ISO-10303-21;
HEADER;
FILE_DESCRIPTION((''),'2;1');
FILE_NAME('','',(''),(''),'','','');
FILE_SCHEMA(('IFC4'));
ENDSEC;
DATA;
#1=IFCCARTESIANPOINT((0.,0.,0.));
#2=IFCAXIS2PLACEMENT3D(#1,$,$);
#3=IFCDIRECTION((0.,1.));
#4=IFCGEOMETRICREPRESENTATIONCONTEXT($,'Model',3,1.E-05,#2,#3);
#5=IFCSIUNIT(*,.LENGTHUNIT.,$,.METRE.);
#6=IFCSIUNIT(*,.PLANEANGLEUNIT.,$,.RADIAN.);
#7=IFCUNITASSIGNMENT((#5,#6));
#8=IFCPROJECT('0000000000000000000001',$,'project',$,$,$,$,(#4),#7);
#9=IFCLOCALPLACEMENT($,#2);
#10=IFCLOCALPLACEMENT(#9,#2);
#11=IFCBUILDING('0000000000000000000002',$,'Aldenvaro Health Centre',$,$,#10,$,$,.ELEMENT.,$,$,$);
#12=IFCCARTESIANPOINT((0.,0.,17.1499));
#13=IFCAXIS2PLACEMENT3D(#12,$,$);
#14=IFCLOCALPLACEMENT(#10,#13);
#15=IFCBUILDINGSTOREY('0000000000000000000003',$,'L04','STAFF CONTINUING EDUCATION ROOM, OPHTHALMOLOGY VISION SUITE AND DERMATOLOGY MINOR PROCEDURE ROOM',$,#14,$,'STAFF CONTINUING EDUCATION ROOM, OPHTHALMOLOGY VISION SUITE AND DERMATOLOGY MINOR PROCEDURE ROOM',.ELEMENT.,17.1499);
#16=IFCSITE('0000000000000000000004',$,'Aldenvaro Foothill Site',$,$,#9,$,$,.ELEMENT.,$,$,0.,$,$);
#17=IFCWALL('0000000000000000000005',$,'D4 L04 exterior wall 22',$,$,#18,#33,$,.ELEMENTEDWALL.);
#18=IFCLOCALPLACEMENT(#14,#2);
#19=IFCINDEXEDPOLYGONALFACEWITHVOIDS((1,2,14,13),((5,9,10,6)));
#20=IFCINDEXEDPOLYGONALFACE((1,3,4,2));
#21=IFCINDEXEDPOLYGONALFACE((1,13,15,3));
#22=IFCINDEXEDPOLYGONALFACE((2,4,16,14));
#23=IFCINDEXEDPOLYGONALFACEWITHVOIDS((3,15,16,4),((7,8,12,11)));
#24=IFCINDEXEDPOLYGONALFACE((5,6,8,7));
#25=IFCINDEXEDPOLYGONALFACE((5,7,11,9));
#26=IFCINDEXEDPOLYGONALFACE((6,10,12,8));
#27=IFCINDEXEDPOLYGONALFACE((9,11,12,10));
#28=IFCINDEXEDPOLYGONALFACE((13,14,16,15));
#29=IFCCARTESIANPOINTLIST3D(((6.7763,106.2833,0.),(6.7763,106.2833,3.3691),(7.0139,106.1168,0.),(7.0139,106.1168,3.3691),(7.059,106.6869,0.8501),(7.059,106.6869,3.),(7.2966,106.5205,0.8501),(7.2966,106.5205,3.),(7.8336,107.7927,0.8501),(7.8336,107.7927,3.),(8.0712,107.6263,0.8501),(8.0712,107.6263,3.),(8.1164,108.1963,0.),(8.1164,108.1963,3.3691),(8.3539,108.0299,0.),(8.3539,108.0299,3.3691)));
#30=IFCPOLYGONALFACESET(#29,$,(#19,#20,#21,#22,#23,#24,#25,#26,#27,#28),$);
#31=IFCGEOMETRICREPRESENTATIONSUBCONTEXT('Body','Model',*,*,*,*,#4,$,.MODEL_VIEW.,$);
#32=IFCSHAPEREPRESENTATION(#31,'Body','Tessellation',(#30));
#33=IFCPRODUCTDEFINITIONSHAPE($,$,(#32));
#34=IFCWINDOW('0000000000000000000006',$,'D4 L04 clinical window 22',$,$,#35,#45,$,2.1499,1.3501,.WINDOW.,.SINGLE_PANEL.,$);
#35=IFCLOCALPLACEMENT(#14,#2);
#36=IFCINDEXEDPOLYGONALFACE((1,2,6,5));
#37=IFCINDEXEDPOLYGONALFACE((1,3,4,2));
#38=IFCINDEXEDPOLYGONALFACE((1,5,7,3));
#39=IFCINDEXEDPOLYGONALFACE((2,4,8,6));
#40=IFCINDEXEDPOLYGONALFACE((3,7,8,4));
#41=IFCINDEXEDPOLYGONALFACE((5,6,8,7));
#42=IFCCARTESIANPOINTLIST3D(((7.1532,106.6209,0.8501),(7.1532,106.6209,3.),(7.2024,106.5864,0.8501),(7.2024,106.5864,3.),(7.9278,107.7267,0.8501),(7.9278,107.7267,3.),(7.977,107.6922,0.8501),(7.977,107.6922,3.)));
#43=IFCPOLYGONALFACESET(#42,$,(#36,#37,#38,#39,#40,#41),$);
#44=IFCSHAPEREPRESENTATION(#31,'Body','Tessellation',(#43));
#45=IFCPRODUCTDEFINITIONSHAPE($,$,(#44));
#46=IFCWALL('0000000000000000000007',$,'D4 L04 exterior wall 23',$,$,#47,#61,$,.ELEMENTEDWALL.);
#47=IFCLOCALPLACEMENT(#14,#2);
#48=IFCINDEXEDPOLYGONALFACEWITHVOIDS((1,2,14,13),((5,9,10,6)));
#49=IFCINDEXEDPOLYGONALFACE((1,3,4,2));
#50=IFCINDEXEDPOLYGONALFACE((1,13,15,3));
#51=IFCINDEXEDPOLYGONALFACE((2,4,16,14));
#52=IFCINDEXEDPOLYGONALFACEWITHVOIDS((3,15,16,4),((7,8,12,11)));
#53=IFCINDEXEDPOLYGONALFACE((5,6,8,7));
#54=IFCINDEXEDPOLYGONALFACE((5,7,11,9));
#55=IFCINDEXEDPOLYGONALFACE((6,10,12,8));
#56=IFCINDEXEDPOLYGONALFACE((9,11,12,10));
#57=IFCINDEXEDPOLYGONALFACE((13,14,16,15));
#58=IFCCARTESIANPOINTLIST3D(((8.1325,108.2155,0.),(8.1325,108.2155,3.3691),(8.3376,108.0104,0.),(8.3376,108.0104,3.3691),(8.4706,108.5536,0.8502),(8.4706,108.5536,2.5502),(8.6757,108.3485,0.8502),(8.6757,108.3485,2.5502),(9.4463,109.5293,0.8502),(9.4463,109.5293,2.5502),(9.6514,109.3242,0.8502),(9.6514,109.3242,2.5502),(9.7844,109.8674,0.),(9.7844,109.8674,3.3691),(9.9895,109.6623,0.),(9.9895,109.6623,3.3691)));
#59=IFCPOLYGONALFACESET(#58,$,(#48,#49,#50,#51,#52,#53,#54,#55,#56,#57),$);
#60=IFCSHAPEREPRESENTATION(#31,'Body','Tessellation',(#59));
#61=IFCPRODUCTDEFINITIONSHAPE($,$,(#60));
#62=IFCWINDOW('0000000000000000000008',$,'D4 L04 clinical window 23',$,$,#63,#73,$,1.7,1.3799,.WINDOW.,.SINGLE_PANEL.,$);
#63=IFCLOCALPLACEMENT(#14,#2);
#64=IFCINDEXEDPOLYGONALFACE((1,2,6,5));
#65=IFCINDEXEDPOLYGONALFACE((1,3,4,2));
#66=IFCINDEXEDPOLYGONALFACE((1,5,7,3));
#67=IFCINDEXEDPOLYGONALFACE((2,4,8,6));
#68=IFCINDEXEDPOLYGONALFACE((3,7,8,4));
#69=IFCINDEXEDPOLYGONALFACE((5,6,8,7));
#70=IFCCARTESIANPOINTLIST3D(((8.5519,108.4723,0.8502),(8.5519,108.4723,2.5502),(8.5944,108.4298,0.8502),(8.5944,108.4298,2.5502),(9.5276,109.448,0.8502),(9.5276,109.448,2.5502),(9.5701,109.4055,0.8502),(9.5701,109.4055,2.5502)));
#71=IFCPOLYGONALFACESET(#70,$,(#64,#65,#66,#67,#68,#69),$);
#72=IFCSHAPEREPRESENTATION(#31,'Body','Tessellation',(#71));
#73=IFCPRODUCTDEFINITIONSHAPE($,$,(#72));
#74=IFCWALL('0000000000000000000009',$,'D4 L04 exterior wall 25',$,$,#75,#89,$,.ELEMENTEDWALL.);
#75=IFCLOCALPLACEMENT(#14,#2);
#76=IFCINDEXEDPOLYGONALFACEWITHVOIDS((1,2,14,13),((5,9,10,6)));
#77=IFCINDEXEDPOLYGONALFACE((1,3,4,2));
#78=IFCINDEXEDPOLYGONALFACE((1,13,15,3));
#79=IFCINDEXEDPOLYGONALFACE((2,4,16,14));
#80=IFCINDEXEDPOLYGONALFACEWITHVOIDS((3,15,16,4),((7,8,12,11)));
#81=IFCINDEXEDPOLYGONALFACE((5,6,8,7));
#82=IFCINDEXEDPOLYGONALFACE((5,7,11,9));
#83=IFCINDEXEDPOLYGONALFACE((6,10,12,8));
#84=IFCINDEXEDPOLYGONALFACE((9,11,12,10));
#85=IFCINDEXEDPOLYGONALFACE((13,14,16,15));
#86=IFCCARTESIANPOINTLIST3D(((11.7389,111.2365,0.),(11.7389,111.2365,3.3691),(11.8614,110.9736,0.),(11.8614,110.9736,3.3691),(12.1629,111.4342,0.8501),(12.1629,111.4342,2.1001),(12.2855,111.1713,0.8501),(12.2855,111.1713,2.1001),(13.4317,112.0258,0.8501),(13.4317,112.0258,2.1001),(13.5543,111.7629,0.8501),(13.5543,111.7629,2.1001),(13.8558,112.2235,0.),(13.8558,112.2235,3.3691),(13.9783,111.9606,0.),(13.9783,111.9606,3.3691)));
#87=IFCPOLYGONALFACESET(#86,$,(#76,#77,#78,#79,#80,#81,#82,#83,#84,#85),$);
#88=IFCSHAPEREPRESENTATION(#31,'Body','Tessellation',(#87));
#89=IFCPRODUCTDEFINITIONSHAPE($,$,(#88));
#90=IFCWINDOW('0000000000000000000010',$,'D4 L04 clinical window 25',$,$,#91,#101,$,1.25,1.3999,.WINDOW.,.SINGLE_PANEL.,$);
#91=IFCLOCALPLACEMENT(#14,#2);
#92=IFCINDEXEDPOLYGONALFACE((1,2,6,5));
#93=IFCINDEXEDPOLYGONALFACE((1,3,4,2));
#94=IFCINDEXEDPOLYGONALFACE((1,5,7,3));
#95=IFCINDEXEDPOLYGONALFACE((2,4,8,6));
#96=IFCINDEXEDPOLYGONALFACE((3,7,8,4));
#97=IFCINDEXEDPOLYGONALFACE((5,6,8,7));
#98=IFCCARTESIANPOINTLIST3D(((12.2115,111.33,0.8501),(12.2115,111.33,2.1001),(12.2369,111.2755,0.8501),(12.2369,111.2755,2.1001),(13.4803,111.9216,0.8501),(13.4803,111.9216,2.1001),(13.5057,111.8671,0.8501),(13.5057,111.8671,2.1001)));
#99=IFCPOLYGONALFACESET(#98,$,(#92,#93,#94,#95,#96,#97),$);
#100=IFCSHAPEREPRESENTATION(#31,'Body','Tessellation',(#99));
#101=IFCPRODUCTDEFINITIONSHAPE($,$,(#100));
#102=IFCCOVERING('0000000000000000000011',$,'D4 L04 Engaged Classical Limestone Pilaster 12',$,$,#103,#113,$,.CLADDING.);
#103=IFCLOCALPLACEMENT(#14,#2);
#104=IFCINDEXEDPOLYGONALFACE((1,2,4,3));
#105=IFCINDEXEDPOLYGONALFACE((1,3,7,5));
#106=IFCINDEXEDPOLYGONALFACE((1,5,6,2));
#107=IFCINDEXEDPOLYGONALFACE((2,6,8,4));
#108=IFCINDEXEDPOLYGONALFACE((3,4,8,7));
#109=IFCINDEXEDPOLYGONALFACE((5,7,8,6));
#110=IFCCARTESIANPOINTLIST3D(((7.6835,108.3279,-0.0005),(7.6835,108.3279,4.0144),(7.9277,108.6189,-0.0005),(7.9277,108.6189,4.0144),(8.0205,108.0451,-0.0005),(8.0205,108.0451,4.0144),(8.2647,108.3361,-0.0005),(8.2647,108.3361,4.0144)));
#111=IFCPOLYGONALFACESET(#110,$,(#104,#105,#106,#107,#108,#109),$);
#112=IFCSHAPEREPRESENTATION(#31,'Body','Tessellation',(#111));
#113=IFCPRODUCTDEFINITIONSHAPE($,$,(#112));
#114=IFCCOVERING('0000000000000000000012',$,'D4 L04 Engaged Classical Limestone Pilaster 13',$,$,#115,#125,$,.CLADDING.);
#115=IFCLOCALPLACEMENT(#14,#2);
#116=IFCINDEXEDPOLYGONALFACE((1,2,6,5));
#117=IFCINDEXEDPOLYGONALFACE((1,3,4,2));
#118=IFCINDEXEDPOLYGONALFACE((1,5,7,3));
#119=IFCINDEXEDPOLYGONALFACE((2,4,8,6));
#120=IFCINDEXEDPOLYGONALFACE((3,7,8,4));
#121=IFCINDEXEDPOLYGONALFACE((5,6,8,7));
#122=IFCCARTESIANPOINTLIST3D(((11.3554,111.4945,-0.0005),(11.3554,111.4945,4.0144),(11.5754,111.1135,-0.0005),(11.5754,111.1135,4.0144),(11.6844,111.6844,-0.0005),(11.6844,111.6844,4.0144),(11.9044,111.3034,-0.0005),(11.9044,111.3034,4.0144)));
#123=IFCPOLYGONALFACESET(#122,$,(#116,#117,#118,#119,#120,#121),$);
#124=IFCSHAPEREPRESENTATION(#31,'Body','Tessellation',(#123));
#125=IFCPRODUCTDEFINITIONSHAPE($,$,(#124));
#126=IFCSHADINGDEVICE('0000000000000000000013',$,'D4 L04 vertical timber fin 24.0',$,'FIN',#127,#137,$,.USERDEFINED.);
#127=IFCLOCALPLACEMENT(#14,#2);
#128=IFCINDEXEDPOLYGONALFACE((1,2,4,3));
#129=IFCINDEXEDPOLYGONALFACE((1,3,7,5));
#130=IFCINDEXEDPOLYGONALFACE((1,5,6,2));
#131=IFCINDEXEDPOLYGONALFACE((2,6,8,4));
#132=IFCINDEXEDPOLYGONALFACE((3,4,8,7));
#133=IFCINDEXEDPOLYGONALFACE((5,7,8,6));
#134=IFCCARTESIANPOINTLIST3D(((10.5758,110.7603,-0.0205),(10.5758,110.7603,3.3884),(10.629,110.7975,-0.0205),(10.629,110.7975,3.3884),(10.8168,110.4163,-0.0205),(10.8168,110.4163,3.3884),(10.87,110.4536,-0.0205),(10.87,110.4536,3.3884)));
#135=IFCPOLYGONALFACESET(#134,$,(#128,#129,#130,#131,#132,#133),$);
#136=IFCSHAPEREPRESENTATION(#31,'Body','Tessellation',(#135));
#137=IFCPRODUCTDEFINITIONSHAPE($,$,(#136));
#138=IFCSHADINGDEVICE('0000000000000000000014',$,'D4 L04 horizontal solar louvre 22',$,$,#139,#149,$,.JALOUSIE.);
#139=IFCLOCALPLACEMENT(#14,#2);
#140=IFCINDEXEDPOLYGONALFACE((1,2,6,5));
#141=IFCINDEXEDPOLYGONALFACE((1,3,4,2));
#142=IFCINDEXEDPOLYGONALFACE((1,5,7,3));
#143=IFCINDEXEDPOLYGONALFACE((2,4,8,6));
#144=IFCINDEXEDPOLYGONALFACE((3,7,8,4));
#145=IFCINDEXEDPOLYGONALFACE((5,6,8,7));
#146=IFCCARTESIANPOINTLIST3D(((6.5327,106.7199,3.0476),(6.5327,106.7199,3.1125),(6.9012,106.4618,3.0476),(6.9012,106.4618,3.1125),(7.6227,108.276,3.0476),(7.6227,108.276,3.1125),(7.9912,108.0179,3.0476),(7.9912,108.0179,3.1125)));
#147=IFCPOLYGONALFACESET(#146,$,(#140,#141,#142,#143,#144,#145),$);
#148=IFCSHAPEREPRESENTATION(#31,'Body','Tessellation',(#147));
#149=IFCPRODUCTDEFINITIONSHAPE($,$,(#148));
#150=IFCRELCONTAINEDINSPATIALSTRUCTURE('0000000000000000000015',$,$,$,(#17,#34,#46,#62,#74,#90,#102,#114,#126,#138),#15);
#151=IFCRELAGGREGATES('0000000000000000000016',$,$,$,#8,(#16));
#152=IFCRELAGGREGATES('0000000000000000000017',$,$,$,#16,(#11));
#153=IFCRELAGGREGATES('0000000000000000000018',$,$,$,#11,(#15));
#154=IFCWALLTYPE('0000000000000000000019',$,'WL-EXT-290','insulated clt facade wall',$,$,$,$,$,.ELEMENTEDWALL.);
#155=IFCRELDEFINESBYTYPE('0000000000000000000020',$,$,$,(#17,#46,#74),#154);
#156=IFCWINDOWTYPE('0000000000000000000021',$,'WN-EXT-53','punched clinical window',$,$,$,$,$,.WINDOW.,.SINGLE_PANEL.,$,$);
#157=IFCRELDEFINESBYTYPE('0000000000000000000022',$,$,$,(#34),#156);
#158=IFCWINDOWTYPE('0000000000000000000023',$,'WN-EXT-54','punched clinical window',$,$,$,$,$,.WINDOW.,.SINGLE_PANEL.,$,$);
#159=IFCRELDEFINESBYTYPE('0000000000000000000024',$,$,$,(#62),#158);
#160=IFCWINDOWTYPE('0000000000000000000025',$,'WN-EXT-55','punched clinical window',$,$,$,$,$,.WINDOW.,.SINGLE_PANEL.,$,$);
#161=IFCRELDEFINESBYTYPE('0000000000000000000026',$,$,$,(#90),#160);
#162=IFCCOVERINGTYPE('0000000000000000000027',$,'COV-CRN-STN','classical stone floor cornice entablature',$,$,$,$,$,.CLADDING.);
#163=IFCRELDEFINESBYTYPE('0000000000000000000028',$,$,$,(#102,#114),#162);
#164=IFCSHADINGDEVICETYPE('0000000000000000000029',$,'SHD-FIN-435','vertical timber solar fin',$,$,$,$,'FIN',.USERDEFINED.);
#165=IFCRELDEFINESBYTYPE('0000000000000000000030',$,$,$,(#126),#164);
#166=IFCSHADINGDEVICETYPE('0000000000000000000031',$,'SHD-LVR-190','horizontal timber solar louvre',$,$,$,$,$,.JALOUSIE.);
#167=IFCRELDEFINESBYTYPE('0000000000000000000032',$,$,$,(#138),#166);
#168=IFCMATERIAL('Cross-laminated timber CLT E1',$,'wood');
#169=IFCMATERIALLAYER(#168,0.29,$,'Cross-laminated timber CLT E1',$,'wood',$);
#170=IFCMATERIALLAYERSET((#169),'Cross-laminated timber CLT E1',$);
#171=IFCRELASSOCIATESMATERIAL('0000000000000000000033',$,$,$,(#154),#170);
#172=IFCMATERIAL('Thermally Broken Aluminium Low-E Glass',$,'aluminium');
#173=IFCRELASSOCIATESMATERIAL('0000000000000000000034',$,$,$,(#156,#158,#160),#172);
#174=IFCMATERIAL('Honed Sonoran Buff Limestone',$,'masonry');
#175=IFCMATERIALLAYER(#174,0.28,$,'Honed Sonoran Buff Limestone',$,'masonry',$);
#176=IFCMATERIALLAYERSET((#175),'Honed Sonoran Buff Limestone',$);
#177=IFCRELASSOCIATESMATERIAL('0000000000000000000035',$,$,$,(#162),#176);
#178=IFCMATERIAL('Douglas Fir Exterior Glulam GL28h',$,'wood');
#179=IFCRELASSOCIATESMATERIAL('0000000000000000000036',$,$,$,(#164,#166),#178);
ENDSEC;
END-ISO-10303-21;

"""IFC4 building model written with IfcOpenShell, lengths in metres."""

from ifc_helpers import new_model, si_unit, direction, frame, frame_2d, origin, origin_2d, place, context, subcontext, project, spatial, rectangle, extrude, material, layer, layer_set, type_object, element, fill, save


model = new_model("IFC4")

# Units and contexts
model_context = context("Model", 3, precision=1e-05, world=origin(), true_north=direction((0.0, 1.0)))
body_context = subcontext(model_context, "Body", "Model", "MODEL_VIEW")
ifc_project = project(units=[si_unit("LENGTHUNIT", "METRE"), si_unit("PLANEANGLEUNIT", "RADIAN")], contexts=[model_context])

# Site, building, storey
site_placement = place(None, origin())
site = spatial("IfcSite", under=ifc_project, at=site_placement, Name="Aldenvaro Foothill Site", CompositionType="ELEMENT", RefElevation=0.0)
building_placement = place(site_placement, origin())
building = spatial("IfcBuilding", under=site, at=building_placement, Name="Aldenvaro Health Centre", CompositionType="ELEMENT")
storey_placement = place(building_placement, frame((0.0, 0.0, 17.1499)))
storey = spatial("IfcBuildingStorey", under=building, at=storey_placement, Name="L04", Description="STAFF CONTINUING EDUCATION ROOM, OPHTHALMOLOGY VISION SUITE AND DERMATOLOGY MINOR PROCEDURE ROOM", LongName="STAFF CONTINUING EDUCATION ROOM, OPHTHALMOLOGY VISION SUITE AND DERMATOLOGY MINOR PROCEDURE ROOM", CompositionType="ELEMENT", Elevation=17.1499)

# Walls, openings, windows
ifc_material_1 = material(Name="Cross-laminated timber CLT E1", Category="wood")
ifc_layer_1 = layer(ifc_material_1, 0.29, Name="Cross-laminated timber CLT E1", Category="wood")
ifc_layer_set_1 = layer_set([ifc_layer_1], Name="Cross-laminated timber CLT E1")
wall_type = type_object("IfcWallType", Name="WL-EXT-290", Description="insulated clt facade wall", PredefinedType="ELEMENTEDWALL", material=ifc_layer_set_1)
wall_1_placement = place(storey_placement, frame((6.895, 106.2, 0.0), z_axis=(0.0, 0.0, 1.0), x_axis=(0.573729, 0.819045, 0.0)))
wall_1 = element("IfcWall", 1, at=wall_1_placement, inside=storey, type_object=wall_type, Name="D4 L04 exterior wall 22", PredefinedType="ELEMENTEDWALL", context=body_context, shape_type="SweptSolid", body=[
    extrude(rectangle(XDim=2.3357, YDim=0.29, at=frame_2d((1.168, 0.0))), origin(), (0.0, 0.0, 1.0), 3.3691),
])
opening_1_placement = place(wall_1_placement, frame((0.4929, 0.0, 0.8501)))
opening_1 = element("IfcOpeningElement", 2, at=opening_1_placement, cuts=wall_1, PredefinedType="OPENING", context=body_context, shape_type="SweptSolid", body=[
    extrude(rectangle(XDim=1.3501, YDim=2.1499, at=frame_2d((0.675, 1.075))), frame((0.0, 0.155, 0.0), z_axis=(0.0, -1.0, 0.0), x_axis=(1.0, 0.0, 0.0)), (0.0, 0.0, 1.0), 0.3101),
])
ifc_material_2 = material(Name="Thermally Broken Aluminium Low-E Glass", Category="aluminium")
window_type_1 = type_object("IfcWindowType", Name="WN-EXT-53", Description="punched clinical window", PartitioningType="SINGLE_PANEL", PredefinedType="WINDOW", material=ifc_material_2)
window_1_placement = place(opening_1_placement, origin())
window_1 = element("IfcWindow", 3, at=window_1_placement, inside=storey, type_object=window_type_1, Name="D4 L04 clinical window 22", OverallHeight=2.1499, OverallWidth=1.3501, PartitioningType="SINGLE_PANEL", PredefinedType="WINDOW", context=body_context, shape_type="SweptSolid", body=[
    extrude(rectangle(XDim=1.3501, YDim=2.1499, at=frame_2d((0.675, 1.075))), frame((0.0, 0.03, 0.0), z_axis=(0.0, -1.0, 0.0), x_axis=(1.0, 0.0, 0.0)), (0.0, 0.0, 1.0), 0.0601),
])
fill(opening_1, window_1)
wall_2_placement = place(storey_placement, frame((8.2351, 108.113, 0.0), z_axis=(0.0, 0.0, 1.0), x_axis=(0.707107, 0.707107, 0.0)))
wall_2 = element("IfcWall", 4, at=wall_2_placement, inside=storey, type_object=wall_type, Name="D4 L04 exterior wall 23", PredefinedType="ELEMENTEDWALL", context=body_context, shape_type="SweptSolid", body=[
    extrude(rectangle(XDim=2.3362, YDim=0.29, at=frame_2d((1.168, 0.0))), origin(), (0.0, 0.0, 1.0), 3.3691),
])
opening_2_placement = place(wall_2_placement, frame((0.478, 0.0, 0.8501)))
opening_2 = element("IfcOpeningElement", 5, at=opening_2_placement, cuts=wall_2, PredefinedType="OPENING", context=body_context, shape_type="SweptSolid", body=[
    extrude(rectangle(XDim=1.3799, YDim=1.7, at=frame_2d((0.6899, 0.8501))), frame((0.0, 0.155, 0.0), z_axis=(0.0, -1.0, 0.0), x_axis=(1.0, 0.0, 0.0)), (0.0, 0.0, 1.0), 0.3101),
])
window_type_2 = type_object("IfcWindowType", Name="WN-EXT-54", Description="punched clinical window", PartitioningType="SINGLE_PANEL", PredefinedType="WINDOW", material=ifc_material_2)
window_2_placement = place(opening_2_placement, origin())
window_2 = element("IfcWindow", 6, at=window_2_placement, inside=storey, type_object=window_type_2, Name="D4 L04 clinical window 23", OverallHeight=1.7, OverallWidth=1.3799, PartitioningType="SINGLE_PANEL", PredefinedType="WINDOW", context=body_context, shape_type="SweptSolid", body=[
    extrude(rectangle(XDim=1.3799, YDim=1.7, at=frame_2d((0.6899, 0.8501))), frame((0.0, 0.03, 0.0), z_axis=(0.0, -1.0, 0.0), x_axis=(1.0, 0.0, 0.0)), (0.0, 0.0, 1.0), 0.0601),
])
fill(opening_2, window_2)
wall_3_placement = place(storey_placement, frame((11.8, 111.105, 0.0), z_axis=(0.0, 0.0, 1.0), x_axis=(0.906322, 0.422588, 0.0)))
wall_3 = element("IfcWall", 7, at=wall_3_placement, inside=storey, type_object=wall_type, Name="D4 L04 exterior wall 25", PredefinedType="ELEMENTEDWALL", context=body_context, shape_type="SweptSolid", body=[
    extrude(rectangle(XDim=2.3357, YDim=0.29, at=frame_2d((1.168, 0.0))), origin(), (0.0, 0.0, 1.0), 3.3691),
])
opening_3_placement = place(wall_3_placement, frame((0.468, 0.0, 0.8501)))
opening_3 = element("IfcOpeningElement", 8, at=opening_3_placement, cuts=wall_3, PredefinedType="OPENING", context=body_context, shape_type="SweptSolid", body=[
    extrude(rectangle(XDim=1.3999, YDim=1.25, at=frame_2d((0.7, 0.625))), frame((0.0, 0.155, 0.0), z_axis=(0.0, -1.0, 0.0), x_axis=(1.0, 0.0, 0.0)), (0.0, 0.0, 1.0), 0.3101),
])
window_type_3 = type_object("IfcWindowType", Name="WN-EXT-55", Description="punched clinical window", PartitioningType="SINGLE_PANEL", PredefinedType="WINDOW", material=ifc_material_2)
window_3_placement = place(opening_3_placement, origin())
window_3 = element("IfcWindow", 9, at=window_3_placement, inside=storey, type_object=window_type_3, Name="D4 L04 clinical window 25", OverallHeight=1.25, OverallWidth=1.3999, PartitioningType="SINGLE_PANEL", PredefinedType="WINDOW", context=body_context, shape_type="SweptSolid", body=[
    extrude(rectangle(XDim=1.3999, YDim=1.25, at=frame_2d((0.7, 0.625))), frame((0.0, 0.03, 0.0), z_axis=(0.0, -1.0, 0.0), x_axis=(1.0, 0.0, 0.0)), (0.0, 0.0, 1.0), 0.0601),
])
fill(opening_3, window_3)

# Coverings
ifc_material_3 = material(Name="Honed Sonoran Buff Limestone", Category="masonry")
ifc_layer_2 = layer(ifc_material_3, 0.28, Name="Honed Sonoran Buff Limestone", Category="masonry")
ifc_layer_set_2 = layer_set([ifc_layer_2], Name="Honed Sonoran Buff Limestone")
covering_type = type_object("IfcCoveringType", Name="COV-CRN-STN", Description="classical stone floor cornice entablature", PredefinedType="CLADDING", material=ifc_layer_set_2)
for number, where, z_axis, x_axis, name in (
    (10, (7.9741, 108.332, -0.0005), (0.0, 0.0, 1.0), (-0.766058, 0.642772, 0.0), "D4 L04 Engaged Classical Limestone Pilaster 12"),
    (11, (11.6299, 111.3989, -0.0005), (0.0, 0.0, 1.0), (-0.499992, 0.86603, 0.0), "D4 L04 Engaged Classical Limestone Pilaster 13"),
):
    element("IfcCovering", number, at=place(storey_placement, frame(where, z_axis=z_axis, x_axis=x_axis)), inside=storey, type_object=covering_type, Name=name, PredefinedType="CLADDING", context=body_context, shape_type="SweptSolid", body=[
        extrude(rectangle(XDim=0.4399, YDim=0.3799, at=origin_2d()), origin(), (0.0, 0.0, 1.0), 4.0149),
    ])

# Shading devices
ifc_material_4 = material(Name="Douglas Fir Exterior Glulam GL28h", Category="wood")
shading_device_type_1 = type_object("IfcShadingDeviceType", Name="SHD-FIN-435", Description="vertical timber solar fin", ElementType="FIN", PredefinedType="USERDEFINED", material=ifc_material_4)
shading_device_1_placement = place(storey_placement, frame((10.7229, 110.6069, -0.0205), z_axis=(0.0, 0.0, 1.0), x_axis=(0.819051, 0.573721, 0.0)))
element("IfcShadingDevice", 12, at=shading_device_1_placement, inside=storey, type_object=shading_device_type_1, Name="D4 L04 vertical timber fin 24.0", ObjectType="FIN", PredefinedType="USERDEFINED", context=body_context, shape_type="SweptSolid", body=[
    extrude(rectangle(XDim=0.0649, YDim=0.4199, at=origin_2d()), origin(), (0.0, 0.0, 1.0), 3.4089),
])
shading_device_type_2 = type_object("IfcShadingDeviceType", Name="SHD-LVR-190", Description="horizontal timber solar louvre", PredefinedType="JALOUSIE", material=ifc_material_4)
shading_device_2_placement = place(storey_placement, frame((7.262, 107.3689, 3.0476), z_axis=(0.0, 0.0, 1.0), x_axis=(0.573721, 0.819051, 0.0)))
element("IfcShadingDevice", 13, at=shading_device_2_placement, inside=storey, type_object=shading_device_type_2, Name="D4 L04 horizontal solar louvre 22", PredefinedType="JALOUSIE", context=body_context, shape_type="SweptSolid", body=[
    extrude(rectangle(XDim=1.8999, YDim=0.45, at=origin_2d()), origin(), (0.0, 0.0, 1.0), 0.0649),
])

save(model, "model.ifc")
